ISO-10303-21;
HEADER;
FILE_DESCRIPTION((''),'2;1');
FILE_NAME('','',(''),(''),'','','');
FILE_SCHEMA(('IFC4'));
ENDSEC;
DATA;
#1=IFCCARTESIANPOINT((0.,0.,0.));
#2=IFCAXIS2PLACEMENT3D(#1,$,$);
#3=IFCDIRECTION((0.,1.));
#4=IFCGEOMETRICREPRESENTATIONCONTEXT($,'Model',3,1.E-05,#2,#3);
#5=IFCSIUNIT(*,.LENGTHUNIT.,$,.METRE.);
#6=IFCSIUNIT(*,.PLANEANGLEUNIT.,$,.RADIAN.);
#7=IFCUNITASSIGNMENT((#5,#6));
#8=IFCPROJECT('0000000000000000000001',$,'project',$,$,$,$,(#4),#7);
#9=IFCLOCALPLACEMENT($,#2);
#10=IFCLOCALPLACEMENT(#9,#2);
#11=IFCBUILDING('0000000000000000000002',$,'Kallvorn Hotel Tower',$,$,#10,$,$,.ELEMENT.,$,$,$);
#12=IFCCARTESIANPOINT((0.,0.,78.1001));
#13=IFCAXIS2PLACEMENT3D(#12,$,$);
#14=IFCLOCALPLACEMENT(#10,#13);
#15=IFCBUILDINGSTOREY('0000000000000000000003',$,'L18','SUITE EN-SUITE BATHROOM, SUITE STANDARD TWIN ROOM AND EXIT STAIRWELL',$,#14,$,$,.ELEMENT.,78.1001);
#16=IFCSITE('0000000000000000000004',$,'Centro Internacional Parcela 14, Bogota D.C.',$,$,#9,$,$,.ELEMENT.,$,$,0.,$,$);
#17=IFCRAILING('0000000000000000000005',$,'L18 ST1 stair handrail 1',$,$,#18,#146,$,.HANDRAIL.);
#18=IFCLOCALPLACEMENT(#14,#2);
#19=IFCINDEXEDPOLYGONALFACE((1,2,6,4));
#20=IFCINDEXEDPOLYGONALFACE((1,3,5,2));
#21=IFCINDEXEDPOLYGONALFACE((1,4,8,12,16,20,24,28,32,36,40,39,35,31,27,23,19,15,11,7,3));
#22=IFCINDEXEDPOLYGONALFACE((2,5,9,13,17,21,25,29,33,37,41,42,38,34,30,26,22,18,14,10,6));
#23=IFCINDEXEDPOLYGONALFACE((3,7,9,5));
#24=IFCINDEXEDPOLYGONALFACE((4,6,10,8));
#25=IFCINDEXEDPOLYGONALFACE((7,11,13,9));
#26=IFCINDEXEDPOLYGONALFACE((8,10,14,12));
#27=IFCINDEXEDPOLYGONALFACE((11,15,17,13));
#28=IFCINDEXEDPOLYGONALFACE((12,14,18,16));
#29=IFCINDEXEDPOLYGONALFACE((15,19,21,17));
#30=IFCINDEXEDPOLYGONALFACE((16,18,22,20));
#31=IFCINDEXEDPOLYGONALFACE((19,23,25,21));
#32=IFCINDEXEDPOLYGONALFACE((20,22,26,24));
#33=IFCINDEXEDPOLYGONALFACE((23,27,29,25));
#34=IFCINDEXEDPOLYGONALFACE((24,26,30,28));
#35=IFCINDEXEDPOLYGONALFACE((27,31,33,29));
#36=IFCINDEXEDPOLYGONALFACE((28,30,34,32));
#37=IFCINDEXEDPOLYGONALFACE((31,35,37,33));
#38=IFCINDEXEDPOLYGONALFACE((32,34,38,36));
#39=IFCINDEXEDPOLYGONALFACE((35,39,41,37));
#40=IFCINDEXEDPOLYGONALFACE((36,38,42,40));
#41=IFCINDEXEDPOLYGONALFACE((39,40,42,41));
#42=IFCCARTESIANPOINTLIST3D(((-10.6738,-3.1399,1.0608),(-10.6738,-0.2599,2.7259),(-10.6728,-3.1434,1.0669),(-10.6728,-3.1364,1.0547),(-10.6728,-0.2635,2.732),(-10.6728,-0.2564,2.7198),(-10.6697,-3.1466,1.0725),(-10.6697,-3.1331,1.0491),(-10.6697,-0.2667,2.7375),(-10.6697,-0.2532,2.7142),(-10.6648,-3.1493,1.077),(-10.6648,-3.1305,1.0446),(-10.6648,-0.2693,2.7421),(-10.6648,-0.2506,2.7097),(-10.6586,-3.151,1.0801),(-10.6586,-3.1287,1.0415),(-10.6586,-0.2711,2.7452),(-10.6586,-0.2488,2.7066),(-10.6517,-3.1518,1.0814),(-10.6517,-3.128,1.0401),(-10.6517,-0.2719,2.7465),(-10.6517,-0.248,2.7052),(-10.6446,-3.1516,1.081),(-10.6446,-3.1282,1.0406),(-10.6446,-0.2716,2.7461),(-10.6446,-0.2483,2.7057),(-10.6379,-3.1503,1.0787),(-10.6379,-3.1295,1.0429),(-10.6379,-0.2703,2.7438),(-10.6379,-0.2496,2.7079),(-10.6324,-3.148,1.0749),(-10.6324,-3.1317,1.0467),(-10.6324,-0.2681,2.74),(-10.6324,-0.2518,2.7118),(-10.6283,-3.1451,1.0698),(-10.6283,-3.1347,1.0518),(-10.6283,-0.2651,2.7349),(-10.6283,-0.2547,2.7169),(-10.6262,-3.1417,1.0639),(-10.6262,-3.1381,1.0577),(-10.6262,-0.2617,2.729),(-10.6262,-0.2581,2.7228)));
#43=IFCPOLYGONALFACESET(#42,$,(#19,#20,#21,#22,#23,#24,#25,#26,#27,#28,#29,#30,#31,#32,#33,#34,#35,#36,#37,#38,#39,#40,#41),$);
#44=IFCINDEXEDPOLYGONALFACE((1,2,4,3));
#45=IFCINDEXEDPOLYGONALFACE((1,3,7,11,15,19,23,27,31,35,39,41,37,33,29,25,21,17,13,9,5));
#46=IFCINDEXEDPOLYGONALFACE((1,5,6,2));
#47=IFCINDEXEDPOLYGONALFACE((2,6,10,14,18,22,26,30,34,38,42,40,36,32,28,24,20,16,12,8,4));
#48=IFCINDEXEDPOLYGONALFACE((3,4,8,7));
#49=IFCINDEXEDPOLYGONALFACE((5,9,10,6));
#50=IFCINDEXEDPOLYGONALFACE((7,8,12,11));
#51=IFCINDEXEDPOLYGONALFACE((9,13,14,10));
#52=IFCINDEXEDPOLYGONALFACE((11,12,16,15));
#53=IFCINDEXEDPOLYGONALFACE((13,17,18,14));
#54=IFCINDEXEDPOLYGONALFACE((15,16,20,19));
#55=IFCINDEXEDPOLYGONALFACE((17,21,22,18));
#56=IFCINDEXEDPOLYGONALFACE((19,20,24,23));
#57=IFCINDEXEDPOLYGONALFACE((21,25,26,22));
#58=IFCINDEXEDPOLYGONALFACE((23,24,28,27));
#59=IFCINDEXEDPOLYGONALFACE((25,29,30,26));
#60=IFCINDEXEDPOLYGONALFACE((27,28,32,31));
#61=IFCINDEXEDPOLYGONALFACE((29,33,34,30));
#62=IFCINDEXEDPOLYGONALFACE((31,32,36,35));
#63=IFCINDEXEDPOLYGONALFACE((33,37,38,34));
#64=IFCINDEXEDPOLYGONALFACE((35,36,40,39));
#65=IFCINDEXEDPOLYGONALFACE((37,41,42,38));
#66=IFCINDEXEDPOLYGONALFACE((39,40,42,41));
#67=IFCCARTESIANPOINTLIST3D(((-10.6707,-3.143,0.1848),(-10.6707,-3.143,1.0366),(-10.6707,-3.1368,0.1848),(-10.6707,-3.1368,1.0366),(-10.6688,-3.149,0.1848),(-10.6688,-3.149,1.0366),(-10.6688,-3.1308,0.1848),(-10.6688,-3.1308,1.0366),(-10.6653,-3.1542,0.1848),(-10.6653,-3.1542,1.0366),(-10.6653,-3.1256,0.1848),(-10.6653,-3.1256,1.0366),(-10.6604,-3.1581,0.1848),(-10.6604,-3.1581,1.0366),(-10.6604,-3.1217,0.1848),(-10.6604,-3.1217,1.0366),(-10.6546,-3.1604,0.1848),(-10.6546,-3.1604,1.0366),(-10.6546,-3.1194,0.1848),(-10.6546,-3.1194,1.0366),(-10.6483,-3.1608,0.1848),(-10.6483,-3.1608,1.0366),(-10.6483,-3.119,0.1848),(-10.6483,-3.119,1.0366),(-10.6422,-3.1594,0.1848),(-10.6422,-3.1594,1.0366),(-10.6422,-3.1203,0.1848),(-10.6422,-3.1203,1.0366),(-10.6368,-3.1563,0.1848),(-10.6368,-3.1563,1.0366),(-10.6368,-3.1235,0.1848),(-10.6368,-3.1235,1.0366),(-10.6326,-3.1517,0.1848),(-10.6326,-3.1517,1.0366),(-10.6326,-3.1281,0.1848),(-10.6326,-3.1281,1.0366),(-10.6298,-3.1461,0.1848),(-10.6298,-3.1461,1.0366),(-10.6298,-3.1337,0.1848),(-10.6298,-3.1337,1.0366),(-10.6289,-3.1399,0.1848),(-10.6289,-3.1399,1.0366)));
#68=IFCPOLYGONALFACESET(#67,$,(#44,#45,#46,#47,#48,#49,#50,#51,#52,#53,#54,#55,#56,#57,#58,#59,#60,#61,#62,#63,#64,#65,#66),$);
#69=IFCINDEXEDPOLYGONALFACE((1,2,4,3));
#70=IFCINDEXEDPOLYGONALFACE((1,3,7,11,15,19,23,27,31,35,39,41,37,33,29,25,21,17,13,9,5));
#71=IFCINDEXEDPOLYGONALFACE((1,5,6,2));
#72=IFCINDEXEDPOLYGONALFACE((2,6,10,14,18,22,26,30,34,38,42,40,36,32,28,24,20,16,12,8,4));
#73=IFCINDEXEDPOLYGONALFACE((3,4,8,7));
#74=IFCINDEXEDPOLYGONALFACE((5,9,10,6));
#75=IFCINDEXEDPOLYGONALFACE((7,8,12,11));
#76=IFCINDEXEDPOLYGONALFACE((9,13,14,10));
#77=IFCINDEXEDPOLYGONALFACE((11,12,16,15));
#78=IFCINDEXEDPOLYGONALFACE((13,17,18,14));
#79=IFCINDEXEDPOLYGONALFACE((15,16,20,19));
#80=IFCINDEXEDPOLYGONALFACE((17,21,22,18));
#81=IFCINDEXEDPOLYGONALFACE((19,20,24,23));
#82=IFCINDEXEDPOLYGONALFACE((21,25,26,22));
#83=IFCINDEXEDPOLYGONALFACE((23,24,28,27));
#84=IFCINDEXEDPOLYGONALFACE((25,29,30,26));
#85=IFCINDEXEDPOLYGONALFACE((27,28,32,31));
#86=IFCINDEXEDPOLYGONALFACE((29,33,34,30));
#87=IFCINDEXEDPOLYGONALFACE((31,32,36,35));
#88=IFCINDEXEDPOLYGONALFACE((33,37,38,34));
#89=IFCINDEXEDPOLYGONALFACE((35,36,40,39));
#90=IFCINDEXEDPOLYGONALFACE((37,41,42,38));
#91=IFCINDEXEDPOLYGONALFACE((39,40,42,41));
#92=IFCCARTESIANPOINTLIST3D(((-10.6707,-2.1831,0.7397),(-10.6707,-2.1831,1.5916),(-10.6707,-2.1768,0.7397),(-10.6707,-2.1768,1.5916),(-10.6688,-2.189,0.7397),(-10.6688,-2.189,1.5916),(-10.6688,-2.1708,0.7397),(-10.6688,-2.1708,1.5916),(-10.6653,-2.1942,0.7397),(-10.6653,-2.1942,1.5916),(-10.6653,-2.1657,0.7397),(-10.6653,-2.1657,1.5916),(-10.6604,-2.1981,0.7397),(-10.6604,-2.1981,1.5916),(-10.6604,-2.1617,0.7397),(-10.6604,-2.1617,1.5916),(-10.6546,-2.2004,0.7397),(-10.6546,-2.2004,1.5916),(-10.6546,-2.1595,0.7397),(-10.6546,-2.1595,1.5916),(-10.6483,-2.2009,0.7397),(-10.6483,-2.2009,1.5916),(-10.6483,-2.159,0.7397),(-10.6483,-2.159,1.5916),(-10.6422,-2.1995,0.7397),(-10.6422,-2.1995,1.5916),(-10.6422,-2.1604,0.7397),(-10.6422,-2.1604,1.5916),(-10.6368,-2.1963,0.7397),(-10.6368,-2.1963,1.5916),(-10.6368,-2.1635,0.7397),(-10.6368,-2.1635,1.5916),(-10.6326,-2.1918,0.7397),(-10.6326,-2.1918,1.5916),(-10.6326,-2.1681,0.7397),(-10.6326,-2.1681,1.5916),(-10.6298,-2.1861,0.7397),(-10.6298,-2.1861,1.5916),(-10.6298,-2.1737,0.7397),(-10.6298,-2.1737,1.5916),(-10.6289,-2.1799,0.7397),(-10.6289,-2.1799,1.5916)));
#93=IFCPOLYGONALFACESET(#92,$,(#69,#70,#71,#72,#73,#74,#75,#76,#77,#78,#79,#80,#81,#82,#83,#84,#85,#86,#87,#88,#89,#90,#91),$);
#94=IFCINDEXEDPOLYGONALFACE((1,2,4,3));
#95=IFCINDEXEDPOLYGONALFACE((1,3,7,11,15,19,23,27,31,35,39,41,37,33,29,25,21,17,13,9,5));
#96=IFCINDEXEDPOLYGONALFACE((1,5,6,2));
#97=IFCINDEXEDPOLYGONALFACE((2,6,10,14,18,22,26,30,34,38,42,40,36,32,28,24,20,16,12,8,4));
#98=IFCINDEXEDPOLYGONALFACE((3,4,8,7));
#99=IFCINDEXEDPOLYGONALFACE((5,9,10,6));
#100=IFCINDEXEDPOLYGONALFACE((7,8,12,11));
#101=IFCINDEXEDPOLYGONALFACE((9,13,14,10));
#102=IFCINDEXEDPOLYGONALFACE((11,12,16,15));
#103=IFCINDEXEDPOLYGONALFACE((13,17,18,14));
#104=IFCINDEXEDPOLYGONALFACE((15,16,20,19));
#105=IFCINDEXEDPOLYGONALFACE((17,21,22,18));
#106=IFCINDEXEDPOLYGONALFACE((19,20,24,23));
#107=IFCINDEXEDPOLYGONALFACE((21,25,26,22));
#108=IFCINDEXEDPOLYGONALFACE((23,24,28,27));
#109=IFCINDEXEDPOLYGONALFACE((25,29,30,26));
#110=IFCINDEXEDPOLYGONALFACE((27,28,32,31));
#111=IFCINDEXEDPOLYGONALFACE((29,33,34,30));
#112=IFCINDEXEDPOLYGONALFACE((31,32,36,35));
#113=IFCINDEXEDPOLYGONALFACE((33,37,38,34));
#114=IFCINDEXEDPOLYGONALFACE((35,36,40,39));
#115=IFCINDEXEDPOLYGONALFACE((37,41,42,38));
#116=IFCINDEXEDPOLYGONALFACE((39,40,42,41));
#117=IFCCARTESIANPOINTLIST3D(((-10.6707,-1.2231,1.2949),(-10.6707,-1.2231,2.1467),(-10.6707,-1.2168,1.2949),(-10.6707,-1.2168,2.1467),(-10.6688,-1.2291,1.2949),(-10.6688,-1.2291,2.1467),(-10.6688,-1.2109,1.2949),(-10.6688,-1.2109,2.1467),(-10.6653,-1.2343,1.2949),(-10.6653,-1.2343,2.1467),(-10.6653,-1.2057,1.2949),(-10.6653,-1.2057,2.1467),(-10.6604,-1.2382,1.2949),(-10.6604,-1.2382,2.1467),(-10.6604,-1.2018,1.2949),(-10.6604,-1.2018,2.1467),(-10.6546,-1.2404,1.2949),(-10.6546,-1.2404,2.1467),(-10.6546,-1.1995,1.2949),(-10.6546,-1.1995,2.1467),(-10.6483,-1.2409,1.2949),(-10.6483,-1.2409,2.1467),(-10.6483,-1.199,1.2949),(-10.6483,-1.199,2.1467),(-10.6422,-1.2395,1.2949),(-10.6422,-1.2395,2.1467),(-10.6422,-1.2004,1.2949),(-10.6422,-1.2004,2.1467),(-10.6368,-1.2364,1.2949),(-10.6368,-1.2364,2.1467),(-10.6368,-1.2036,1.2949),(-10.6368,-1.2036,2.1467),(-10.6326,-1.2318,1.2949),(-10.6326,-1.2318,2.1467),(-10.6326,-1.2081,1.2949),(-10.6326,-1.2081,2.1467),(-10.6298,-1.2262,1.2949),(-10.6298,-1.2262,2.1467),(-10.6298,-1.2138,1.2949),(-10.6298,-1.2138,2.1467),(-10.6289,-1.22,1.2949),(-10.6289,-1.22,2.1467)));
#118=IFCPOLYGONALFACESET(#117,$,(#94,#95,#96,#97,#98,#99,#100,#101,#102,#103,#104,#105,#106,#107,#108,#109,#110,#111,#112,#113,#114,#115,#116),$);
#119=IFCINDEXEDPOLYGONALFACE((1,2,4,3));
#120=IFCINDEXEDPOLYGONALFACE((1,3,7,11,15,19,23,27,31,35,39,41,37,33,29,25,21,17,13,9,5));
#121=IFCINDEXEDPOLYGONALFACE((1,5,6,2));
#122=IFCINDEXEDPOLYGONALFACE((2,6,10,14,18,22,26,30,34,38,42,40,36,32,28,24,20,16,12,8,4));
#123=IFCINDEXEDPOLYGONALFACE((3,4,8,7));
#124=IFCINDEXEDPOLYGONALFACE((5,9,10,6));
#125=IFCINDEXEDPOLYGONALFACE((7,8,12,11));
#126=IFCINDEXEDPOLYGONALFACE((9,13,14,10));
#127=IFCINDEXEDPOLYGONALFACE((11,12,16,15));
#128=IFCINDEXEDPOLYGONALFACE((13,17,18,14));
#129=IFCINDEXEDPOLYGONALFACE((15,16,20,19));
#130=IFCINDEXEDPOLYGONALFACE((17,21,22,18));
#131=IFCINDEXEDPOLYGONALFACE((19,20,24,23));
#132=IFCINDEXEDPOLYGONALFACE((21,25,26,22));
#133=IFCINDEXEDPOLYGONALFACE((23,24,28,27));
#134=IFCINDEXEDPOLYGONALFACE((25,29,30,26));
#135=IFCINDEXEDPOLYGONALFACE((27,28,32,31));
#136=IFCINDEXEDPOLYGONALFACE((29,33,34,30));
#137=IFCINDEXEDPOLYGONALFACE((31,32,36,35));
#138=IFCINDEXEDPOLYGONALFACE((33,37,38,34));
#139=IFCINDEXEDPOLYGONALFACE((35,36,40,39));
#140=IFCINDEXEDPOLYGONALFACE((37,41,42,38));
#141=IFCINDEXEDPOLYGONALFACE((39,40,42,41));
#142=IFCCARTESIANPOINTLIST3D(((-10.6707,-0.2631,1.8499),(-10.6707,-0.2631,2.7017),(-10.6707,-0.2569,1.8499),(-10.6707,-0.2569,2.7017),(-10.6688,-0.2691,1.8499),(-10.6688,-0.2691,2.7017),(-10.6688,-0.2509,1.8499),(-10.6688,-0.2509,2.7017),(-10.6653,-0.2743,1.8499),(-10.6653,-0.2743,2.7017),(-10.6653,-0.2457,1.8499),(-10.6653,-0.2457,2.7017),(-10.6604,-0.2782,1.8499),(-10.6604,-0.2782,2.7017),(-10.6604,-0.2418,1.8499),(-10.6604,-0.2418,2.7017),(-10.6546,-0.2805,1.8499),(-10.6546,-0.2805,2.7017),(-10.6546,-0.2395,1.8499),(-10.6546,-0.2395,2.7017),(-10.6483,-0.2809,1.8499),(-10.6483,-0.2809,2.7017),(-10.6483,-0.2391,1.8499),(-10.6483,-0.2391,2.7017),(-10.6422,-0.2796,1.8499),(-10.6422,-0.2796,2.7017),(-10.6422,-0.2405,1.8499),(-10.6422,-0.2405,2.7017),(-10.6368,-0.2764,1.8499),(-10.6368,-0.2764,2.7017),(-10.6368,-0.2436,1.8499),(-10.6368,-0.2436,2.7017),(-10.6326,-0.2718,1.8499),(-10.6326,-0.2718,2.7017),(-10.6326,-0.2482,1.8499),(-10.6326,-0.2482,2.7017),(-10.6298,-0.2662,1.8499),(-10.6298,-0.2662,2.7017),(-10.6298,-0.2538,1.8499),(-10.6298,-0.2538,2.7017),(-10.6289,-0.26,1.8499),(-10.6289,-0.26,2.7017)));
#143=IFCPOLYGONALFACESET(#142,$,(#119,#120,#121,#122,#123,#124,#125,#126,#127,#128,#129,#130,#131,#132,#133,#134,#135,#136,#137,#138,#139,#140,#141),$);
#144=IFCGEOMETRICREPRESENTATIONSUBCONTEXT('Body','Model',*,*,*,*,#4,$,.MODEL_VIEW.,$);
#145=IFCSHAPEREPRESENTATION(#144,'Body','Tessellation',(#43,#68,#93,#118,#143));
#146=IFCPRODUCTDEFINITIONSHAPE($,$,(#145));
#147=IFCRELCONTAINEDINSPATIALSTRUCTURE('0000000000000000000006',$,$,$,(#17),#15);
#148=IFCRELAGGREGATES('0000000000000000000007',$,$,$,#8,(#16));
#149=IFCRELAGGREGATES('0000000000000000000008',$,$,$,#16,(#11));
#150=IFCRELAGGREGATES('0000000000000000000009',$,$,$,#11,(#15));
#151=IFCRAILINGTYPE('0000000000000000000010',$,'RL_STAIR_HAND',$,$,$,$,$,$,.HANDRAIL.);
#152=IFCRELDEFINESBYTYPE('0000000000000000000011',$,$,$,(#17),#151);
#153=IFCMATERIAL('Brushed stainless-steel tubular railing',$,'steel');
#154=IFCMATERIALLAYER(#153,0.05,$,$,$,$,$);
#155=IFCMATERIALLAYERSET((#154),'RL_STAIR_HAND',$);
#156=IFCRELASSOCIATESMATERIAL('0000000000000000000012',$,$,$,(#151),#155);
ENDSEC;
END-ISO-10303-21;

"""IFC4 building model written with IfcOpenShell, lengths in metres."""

from ifc_helpers import new_model, si_unit, direction, frame, origin, origin_2d, place, context, subcontext, project, spatial, circle, extrude, material, layer, layer_set, type_object, element, save


model = new_model("IFC4")

# Units and contexts
model_context = context("Model", 3, precision=1e-05, world=origin(), true_north=direction((0.0, 1.0)))
body_context = subcontext(model_context, "Body", "Model", "MODEL_VIEW")
ifc_project = project(units=[si_unit("LENGTHUNIT", "METRE"), si_unit("PLANEANGLEUNIT", "RADIAN")], contexts=[model_context])

# Site, building, storey
site_placement = place(None, origin())
site = spatial("IfcSite", under=ifc_project, at=site_placement, Name="Centro Internacional Parcela 14, Bogota D.C.", CompositionType="ELEMENT", RefElevation=0.0)
building_placement = place(site_placement, origin())
building = spatial("IfcBuilding", under=site, at=building_placement, Name="Kallvorn Hotel Tower", CompositionType="ELEMENT")
storey_placement = place(building_placement, frame((0.0, 0.0, 78.1001)))
storey = spatial("IfcBuildingStorey", under=building, at=storey_placement, Name="L18", Description="SUITE EN-SUITE BATHROOM, SUITE STANDARD TWIN ROOM AND EXIT STAIRWELL", CompositionType="ELEMENT", Elevation=78.1001)

# Railing
ifc_material_1 = material(Name="Brushed stainless-steel tubular railing", Category="steel")
ifc_layer_1 = layer(ifc_material_1, 0.05)
ifc_layer_set_1 = layer_set([ifc_layer_1], Name="RL_STAIR_HAND")
railing_type_1 = type_object("IfcRailingType", Name="RL_STAIR_HAND", PredefinedType="HANDRAIL", material=ifc_layer_set_1)
railing_1_placement = place(storey_placement, frame((-10.6499, -3.1399, 0.1848)))
element("IfcRailing", 1, at=railing_1_placement, inside=storey, type_object=railing_type_1, Name="L18 ST1 stair handrail 1", PredefinedType="HANDRAIL", context=body_context, shape_type="SweptSolid", body=[
    extrude(circle(Radius=0.0239, at=origin_2d()), frame((0.0, 0.0, 0.876), z_axis=(0.0, 0.865721, 0.500527), x_axis=(-1.0, 0.0, 0.0)), (0.0, 0.0, 1.0), 3.3267),
    extrude(circle(Radius=0.021, at=origin_2d()), origin(), (0.0, 0.0, 1.0), 0.8518),
    extrude(circle(Radius=0.021, at=origin_2d()), frame((0.0, 0.96, 0.5549)), (0.0, 0.0, 1.0), 0.8518),
    extrude(circle(Radius=0.021, at=origin_2d()), frame((0.0, 1.9199, 1.1101)), (0.0, 0.0, 1.0), 0.8518),
    extrude(circle(Radius=0.021, at=origin_2d()), frame((0.0, 2.8799, 1.665)), (0.0, 0.0, 1.0), 0.8518),
])

save(model, "model.ifc")
